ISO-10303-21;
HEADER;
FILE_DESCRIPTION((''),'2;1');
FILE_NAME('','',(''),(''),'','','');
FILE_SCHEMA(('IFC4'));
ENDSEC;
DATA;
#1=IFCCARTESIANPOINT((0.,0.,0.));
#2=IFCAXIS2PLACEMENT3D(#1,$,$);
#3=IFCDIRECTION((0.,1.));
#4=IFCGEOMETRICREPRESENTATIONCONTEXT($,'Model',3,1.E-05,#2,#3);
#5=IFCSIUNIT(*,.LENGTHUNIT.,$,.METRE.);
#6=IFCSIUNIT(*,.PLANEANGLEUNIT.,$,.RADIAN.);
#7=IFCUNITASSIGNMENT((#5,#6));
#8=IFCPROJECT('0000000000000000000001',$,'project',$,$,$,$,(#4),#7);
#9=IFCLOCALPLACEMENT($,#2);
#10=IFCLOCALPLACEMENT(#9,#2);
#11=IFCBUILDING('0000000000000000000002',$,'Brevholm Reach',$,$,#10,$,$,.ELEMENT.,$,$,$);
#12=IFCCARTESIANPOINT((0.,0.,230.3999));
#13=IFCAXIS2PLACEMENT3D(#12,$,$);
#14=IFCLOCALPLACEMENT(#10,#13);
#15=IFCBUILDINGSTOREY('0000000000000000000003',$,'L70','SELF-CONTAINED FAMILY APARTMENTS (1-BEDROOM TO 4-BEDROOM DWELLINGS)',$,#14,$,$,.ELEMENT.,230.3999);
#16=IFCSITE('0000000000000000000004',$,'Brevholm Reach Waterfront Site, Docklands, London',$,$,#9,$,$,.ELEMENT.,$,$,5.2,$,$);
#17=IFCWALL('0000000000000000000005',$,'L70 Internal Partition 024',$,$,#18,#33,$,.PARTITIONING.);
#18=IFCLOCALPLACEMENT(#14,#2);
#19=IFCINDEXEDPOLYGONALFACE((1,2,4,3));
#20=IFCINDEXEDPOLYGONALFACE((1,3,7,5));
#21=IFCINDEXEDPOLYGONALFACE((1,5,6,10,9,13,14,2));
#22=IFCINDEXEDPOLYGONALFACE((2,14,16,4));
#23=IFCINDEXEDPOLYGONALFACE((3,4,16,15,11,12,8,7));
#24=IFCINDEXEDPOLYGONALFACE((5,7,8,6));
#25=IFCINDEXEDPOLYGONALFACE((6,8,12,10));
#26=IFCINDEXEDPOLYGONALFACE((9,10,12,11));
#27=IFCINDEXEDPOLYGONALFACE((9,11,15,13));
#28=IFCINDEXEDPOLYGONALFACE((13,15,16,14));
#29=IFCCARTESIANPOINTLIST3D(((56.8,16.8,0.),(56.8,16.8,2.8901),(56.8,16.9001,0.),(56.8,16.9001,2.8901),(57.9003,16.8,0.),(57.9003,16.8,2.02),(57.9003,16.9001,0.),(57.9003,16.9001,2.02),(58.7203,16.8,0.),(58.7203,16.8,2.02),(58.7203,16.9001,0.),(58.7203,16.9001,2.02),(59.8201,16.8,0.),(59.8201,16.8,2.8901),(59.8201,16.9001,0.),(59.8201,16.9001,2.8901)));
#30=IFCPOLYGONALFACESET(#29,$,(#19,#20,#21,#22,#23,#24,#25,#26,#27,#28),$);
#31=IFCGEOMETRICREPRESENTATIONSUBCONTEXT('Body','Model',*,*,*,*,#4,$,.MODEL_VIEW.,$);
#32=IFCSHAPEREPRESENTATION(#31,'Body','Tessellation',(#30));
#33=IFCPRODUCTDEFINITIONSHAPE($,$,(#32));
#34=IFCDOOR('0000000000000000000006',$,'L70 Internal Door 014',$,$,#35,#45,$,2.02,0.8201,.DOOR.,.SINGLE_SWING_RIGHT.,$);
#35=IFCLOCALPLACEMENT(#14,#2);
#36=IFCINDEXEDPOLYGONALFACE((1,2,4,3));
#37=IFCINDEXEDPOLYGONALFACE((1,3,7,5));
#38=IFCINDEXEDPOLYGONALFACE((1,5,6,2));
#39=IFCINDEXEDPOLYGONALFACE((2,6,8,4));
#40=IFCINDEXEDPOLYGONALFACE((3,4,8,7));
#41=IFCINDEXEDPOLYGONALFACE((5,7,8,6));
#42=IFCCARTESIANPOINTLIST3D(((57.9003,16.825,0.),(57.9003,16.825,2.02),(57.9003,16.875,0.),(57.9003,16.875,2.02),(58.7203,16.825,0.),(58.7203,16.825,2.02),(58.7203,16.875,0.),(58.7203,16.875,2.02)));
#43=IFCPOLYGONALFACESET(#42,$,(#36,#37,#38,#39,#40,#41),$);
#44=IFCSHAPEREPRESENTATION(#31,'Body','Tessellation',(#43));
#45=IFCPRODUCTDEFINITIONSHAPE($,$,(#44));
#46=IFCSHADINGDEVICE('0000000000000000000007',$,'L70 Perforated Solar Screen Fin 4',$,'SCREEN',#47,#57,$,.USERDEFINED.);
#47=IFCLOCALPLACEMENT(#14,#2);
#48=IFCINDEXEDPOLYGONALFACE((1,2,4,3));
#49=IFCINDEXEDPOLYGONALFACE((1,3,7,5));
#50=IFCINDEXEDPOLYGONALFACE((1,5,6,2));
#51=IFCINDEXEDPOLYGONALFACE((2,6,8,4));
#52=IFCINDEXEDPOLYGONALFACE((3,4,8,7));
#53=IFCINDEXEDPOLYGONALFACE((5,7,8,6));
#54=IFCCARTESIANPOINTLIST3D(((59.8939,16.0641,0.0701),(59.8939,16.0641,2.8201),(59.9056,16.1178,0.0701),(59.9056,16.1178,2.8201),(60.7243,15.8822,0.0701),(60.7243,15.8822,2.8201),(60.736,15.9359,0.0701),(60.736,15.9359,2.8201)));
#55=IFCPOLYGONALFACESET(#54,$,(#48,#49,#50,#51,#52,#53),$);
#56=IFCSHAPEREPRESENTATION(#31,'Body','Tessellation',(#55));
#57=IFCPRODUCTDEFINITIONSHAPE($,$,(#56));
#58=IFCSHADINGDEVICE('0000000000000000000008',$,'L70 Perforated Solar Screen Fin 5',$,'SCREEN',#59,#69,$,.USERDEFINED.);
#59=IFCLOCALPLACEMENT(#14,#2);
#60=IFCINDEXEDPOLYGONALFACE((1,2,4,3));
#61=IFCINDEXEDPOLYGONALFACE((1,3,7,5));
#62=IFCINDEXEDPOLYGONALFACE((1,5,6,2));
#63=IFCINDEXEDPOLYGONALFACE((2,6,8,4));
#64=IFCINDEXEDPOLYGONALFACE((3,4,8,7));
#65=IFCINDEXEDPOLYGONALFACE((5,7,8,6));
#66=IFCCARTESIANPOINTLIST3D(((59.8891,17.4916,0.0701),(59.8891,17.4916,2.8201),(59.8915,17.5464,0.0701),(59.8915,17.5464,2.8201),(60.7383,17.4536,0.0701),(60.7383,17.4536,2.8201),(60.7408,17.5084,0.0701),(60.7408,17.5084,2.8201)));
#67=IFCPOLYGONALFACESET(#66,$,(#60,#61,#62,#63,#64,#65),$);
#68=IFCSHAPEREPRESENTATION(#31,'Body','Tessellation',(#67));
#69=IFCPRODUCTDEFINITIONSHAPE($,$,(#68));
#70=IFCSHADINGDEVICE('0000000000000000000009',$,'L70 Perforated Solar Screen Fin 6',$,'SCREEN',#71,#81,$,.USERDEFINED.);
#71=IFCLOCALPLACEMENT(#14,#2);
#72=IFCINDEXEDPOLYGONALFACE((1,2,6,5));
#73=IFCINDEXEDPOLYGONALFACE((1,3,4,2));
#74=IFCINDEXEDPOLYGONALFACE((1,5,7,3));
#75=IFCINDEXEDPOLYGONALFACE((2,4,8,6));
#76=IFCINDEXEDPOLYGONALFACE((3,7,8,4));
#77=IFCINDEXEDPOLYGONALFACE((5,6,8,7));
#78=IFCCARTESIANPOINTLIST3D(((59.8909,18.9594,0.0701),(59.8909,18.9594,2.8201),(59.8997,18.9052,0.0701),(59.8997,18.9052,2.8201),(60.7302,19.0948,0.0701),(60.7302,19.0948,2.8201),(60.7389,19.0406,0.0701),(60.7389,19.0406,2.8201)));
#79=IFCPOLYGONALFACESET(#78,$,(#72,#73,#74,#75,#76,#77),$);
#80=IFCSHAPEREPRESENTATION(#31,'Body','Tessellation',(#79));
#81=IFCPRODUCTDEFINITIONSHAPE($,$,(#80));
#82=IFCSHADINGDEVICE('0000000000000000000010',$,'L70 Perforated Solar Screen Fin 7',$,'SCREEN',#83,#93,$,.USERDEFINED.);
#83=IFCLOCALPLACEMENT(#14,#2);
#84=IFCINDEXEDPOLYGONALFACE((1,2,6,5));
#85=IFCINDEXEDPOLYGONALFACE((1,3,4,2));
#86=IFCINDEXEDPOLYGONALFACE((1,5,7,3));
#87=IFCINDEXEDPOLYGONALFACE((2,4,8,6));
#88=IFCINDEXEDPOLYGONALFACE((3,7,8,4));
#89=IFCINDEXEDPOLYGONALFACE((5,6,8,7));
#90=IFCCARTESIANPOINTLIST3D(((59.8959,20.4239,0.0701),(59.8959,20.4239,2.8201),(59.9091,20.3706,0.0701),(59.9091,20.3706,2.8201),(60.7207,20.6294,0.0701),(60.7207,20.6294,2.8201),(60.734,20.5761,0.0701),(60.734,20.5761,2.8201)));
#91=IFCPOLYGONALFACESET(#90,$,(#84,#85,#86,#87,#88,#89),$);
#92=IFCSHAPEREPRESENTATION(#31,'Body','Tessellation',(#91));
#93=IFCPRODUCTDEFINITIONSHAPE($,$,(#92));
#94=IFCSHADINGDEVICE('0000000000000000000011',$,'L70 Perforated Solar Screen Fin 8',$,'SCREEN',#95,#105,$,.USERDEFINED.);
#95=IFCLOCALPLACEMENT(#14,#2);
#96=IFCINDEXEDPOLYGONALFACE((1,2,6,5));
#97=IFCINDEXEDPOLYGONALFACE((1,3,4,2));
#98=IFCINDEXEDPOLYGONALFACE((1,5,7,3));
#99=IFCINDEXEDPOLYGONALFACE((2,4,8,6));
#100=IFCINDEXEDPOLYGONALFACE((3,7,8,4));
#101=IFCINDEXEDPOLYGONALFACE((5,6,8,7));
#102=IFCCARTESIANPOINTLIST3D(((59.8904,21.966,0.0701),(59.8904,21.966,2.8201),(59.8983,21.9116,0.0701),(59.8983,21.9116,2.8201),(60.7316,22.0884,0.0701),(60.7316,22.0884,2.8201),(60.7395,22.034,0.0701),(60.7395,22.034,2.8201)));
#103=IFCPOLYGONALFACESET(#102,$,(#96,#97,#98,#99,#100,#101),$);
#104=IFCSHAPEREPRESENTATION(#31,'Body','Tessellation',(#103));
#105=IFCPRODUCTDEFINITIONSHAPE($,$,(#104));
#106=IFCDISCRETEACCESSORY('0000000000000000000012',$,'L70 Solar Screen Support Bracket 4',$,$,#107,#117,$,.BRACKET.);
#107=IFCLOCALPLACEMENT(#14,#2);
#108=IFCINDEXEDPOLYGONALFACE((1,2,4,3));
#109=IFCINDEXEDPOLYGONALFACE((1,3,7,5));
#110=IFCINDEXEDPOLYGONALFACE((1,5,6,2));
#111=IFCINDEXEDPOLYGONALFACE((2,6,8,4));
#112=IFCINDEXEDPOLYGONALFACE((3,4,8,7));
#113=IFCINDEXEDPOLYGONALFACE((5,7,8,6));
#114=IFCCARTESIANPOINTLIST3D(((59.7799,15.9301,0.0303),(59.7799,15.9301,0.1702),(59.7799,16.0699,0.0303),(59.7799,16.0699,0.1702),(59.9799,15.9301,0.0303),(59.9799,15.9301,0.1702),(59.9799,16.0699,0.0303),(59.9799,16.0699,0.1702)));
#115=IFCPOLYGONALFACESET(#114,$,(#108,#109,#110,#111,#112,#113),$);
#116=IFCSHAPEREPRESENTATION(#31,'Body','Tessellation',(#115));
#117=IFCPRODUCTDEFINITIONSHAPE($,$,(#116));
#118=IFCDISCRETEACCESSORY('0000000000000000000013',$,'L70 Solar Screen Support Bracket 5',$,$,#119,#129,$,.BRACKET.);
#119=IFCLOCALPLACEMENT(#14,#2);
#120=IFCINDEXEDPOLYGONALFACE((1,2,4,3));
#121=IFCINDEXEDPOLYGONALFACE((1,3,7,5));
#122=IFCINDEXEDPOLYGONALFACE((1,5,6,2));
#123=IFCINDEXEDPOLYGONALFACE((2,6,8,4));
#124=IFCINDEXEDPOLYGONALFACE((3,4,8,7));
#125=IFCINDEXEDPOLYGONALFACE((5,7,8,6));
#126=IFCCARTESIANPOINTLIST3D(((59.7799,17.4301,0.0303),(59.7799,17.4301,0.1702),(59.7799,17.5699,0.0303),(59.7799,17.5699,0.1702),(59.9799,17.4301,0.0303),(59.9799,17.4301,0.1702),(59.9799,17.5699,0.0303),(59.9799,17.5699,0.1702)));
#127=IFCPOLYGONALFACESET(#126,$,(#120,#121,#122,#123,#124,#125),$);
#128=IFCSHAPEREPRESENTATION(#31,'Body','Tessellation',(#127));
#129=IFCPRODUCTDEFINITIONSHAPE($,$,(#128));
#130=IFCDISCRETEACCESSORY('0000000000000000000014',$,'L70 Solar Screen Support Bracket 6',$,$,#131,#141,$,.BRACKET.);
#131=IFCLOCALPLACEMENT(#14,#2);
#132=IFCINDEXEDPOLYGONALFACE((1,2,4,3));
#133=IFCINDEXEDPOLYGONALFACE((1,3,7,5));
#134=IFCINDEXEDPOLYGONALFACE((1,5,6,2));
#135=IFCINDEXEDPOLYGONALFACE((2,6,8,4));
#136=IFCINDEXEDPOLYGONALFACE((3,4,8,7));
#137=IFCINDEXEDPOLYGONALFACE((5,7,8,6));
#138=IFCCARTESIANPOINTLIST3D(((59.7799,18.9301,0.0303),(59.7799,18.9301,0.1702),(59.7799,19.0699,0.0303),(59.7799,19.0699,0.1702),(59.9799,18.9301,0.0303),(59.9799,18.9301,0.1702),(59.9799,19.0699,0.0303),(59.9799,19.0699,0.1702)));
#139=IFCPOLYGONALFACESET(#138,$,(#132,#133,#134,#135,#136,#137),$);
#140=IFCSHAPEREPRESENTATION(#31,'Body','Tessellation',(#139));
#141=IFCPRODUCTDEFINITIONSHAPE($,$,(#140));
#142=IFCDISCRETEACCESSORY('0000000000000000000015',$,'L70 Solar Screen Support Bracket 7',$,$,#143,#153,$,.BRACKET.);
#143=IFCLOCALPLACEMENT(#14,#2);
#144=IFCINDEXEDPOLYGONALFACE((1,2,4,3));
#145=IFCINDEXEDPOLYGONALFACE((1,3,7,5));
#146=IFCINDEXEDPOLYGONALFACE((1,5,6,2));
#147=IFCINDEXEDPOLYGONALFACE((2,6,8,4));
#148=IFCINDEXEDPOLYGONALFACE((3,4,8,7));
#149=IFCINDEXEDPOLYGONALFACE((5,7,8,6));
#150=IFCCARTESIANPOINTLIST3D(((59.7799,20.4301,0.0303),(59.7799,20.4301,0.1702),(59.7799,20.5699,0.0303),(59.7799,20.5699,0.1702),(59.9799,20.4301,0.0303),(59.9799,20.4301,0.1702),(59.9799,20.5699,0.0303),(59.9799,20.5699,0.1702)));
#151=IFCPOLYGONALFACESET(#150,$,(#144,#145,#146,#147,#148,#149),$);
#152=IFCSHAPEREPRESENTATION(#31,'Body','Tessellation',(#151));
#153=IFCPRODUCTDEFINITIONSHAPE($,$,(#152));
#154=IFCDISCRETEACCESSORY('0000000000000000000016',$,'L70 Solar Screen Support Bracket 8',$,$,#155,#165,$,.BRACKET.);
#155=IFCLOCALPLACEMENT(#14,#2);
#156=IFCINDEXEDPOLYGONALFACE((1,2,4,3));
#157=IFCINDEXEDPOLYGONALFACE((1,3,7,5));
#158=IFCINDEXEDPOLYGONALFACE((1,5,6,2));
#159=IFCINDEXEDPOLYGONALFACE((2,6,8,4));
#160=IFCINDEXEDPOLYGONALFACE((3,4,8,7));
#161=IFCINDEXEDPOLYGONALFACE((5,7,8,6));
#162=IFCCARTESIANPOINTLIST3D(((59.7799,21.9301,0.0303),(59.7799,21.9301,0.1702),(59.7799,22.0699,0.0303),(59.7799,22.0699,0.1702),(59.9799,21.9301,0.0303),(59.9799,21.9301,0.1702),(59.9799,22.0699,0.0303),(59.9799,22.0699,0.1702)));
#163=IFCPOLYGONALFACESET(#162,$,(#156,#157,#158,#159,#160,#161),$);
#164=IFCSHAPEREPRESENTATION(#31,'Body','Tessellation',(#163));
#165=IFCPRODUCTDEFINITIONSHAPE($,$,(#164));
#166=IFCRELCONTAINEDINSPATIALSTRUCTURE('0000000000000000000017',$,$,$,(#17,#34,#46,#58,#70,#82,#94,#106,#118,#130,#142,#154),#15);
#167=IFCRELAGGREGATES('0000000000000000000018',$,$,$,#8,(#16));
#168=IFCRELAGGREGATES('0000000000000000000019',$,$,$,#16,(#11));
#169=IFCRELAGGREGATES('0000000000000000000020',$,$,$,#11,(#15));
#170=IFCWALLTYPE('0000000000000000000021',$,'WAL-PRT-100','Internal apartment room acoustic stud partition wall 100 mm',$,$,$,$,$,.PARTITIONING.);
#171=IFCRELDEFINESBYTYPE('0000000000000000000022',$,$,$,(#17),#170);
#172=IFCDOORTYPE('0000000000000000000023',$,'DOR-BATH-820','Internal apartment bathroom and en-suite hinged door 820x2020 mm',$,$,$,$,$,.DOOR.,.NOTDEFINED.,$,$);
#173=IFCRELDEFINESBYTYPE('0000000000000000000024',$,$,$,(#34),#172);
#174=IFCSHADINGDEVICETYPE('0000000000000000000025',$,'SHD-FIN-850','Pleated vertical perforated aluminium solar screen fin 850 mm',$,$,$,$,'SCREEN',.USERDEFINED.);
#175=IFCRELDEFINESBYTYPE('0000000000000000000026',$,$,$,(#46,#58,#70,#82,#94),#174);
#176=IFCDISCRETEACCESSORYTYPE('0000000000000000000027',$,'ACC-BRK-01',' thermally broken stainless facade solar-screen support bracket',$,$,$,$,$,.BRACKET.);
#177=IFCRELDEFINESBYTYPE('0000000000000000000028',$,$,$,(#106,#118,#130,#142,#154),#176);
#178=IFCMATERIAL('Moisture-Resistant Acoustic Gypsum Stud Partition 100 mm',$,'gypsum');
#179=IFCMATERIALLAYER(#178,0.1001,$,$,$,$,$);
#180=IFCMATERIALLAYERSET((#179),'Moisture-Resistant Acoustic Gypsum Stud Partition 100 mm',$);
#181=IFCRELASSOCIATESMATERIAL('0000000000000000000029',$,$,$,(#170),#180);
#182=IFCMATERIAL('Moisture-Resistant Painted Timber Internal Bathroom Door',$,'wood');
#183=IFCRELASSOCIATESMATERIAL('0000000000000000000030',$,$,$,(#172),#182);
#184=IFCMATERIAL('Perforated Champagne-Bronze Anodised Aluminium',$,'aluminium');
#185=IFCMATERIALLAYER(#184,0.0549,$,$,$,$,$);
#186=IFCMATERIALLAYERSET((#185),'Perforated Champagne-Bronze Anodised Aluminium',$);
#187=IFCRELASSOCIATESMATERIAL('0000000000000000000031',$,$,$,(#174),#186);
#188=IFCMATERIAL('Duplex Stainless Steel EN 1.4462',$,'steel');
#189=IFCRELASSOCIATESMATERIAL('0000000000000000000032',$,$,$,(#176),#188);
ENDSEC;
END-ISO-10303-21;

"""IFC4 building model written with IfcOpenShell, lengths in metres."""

from ifc_helpers import new_model, si_unit, direction, frame, frame_2d, origin, origin_2d, place, context, subcontext, project, spatial, rectangle, extrude, material, layer, layer_set, type_object, element, fill, save


model = new_model("IFC4")

# Units and contexts
model_context = context("Model", 3, precision=1e-05, world=origin(), true_north=direction((0.0, 1.0)))
body_context = subcontext(model_context, "Body", "Model", "MODEL_VIEW")
ifc_project = project(units=[si_unit("LENGTHUNIT", "METRE"), si_unit("PLANEANGLEUNIT", "RADIAN")], contexts=[model_context])

# Site, building, storey
site_placement = place(None, origin())
site = spatial("IfcSite", under=ifc_project, at=site_placement, Name="Brevholm Reach Waterfront Site, Docklands, London", CompositionType="ELEMENT", RefElevation=5.2)
building_placement = place(site_placement, origin())
building = spatial("IfcBuilding", under=site, at=building_placement, Name="Brevholm Reach", CompositionType="ELEMENT")
storey_placement = place(building_placement, frame((0.0, 0.0, 230.3999)))
storey = spatial("IfcBuildingStorey", under=building, at=storey_placement, Name="L70", Description="SELF-CONTAINED FAMILY APARTMENTS (1-BEDROOM TO 4-BEDROOM DWELLINGS)", CompositionType="ELEMENT", Elevation=230.3999)

# Wall, opening, door
ifc_material_1 = material(Name="Moisture-Resistant Acoustic Gypsum Stud Partition 100 mm", Category="gypsum")
ifc_layer_1 = layer(ifc_material_1, 0.1001)
ifc_layer_set_1 = layer_set([ifc_layer_1], Name="Moisture-Resistant Acoustic Gypsum Stud Partition 100 mm")
wall_type_1 = type_object("IfcWallType", Name="WAL-PRT-100", Description="Internal apartment room acoustic stud partition wall 100 mm", PredefinedType="PARTITIONING", material=ifc_layer_set_1)
wall_1_placement = place(storey_placement, frame((56.8, 16.8501, 0.0), z_axis=(0.0, 0.0, 1.0), x_axis=(1.0, 0.0, 0.0)))
wall_1 = element("IfcWall", 1, at=wall_1_placement, inside=storey, type_object=wall_type_1, Name="L70 Internal Partition 024", PredefinedType="PARTITIONING", context=body_context, shape_type="SweptSolid", body=[
    extrude(rectangle(XDim=3.02, YDim=0.1001, at=frame_2d((1.51, 0.0))), origin(), (0.0, 0.0, 1.0), 2.8901),
])
opening_placement = place(wall_1_placement, frame((1.1001, 0.0, 0.0)))
opening = element("IfcOpeningElement", 2, at=opening_placement, cuts=wall_1, PredefinedType="OPENING", context=body_context, shape_type="SweptSolid", body=[
    extrude(rectangle(XDim=0.8201, YDim=2.02, at=frame_2d((0.4102, 1.01))), frame((0.0, 0.0601, 0.0), z_axis=(0.0, -1.0, 0.0), x_axis=(1.0, 0.0, 0.0)), (0.0, 0.0, 1.0), 0.1201),
])
ifc_material_2 = material(Name="Moisture-Resistant Painted Timber Internal Bathroom Door", Category="wood")
door_type = type_object("IfcDoorType", Name="DOR-BATH-820", Description="Internal apartment bathroom and en-suite hinged door 820x2020 mm", OperationType="NOTDEFINED", PredefinedType="DOOR", material=ifc_material_2)
door_placement = place(opening_placement, origin())
door = element("IfcDoor", 3, at=door_placement, inside=storey, type_object=door_type, Name="L70 Internal Door 014", OperationType="SINGLE_SWING_RIGHT", OverallHeight=2.02, OverallWidth=0.8201, PredefinedType="DOOR", context=body_context, shape_type="SweptSolid", body=[
    extrude(rectangle(XDim=0.8201, YDim=2.02, at=frame_2d((0.4102, 1.01))), frame((0.0, 0.0249, 0.0), z_axis=(0.0, -1.0, 0.0), x_axis=(1.0, 0.0, 0.0)), (0.0, 0.0, 1.0), 0.05),
])
fill(opening, door)

# Shading devices
ifc_material_3 = material(Name="Perforated Champagne-Bronze Anodised Aluminium", Category="aluminium")
ifc_layer_2 = layer(ifc_material_3, 0.0549)
ifc_layer_set_2 = layer_set([ifc_layer_2], Name="Perforated Champagne-Bronze Anodised Aluminium")
shading_device_type = type_object("IfcShadingDeviceType", Name="SHD-FIN-850", Description="Pleated vertical perforated aluminium solar screen fin 850 mm", ElementType="SCREEN", PredefinedType="USERDEFINED", material=ifc_layer_set_2)
for number, where, z_axis, x_axis, name in (
    (4, (60.3149, 16.0, 0.0701), (0.0, 0.0, 1.0), (0.976829, -0.214019, 0.0), "L70 Perforated Solar Screen Fin 4"),
    (5, (60.3149, 17.5, 0.0701), (0.0, 0.0, 1.0), (0.999001, -0.044683, 0.0), "L70 Perforated Solar Screen Fin 5"),
    (6, (60.3149, 19.0, 0.0701), (0.0, 0.0, 1.0), (0.987237, 0.159261, 0.0), "L70 Perforated Solar Screen Fin 6"),
    (7, (60.3149, 20.5, 0.0701), (0.0, 0.0, 1.0), (0.970342, 0.241736, 0.0), "L70 Perforated Solar Screen Fin 7"),
    (8, (60.3149, 22.0, 0.0701), (0.0, 0.0, 1.0), (0.989579, 0.143994, 0.0), "L70 Perforated Solar Screen Fin 8"),
):
    element("IfcShadingDevice", number, at=place(storey_placement, frame(where, z_axis=z_axis, x_axis=x_axis)), inside=storey, type_object=shading_device_type, Name=name, ObjectType="SCREEN", PredefinedType="USERDEFINED", context=body_context, shape_type="SweptSolid", body=[
        extrude(rectangle(XDim=0.8501, YDim=0.0549, at=origin_2d()), origin(), (0.0, 0.0, 1.0), 2.75),
    ])

# Discrete accessories
ifc_material_4 = material(Name="Duplex Stainless Steel EN 1.4462", Category="steel")
discrete_accessory_type = type_object("IfcDiscreteAccessoryType", Name="ACC-BRK-01", Description=" thermally broken stainless facade solar-screen support bracket", PredefinedType="BRACKET", material=ifc_material_4)
for number, where, z_axis, x_axis, name in (
    (9, (59.8799, 16.0, 0.0303), (0.0, 0.0, 1.0), (1.0, 0.0, 0.0), "L70 Solar Screen Support Bracket 4"),
    (10, (59.8799, 17.5, 0.0303), (0.0, 0.0, 1.0), (1.0, 0.0, 0.0), "L70 Solar Screen Support Bracket 5"),
    (11, (59.8799, 19.0, 0.0303), (0.0, 0.0, 1.0), (1.0, 0.0, 0.0), "L70 Solar Screen Support Bracket 6"),
    (12, (59.8799, 20.5, 0.0303), (0.0, 0.0, 1.0), (1.0, 0.0, 0.0), "L70 Solar Screen Support Bracket 7"),
    (13, (59.8799, 22.0, 0.0303), (0.0, 0.0, 1.0), (1.0, 0.0, 0.0), "L70 Solar Screen Support Bracket 8"),
):
    element("IfcDiscreteAccessory", number, at=place(storey_placement, frame(where, z_axis=z_axis, x_axis=x_axis)), inside=storey, type_object=discrete_accessory_type, Name=name, PredefinedType="BRACKET", context=body_context, shape_type="SweptSolid", body=[
        extrude(rectangle(XDim=0.2, YDim=0.1399, at=origin_2d()), origin(), (0.0, 0.0, 1.0), 0.1399),
    ])

save(model, "model.ifc")
